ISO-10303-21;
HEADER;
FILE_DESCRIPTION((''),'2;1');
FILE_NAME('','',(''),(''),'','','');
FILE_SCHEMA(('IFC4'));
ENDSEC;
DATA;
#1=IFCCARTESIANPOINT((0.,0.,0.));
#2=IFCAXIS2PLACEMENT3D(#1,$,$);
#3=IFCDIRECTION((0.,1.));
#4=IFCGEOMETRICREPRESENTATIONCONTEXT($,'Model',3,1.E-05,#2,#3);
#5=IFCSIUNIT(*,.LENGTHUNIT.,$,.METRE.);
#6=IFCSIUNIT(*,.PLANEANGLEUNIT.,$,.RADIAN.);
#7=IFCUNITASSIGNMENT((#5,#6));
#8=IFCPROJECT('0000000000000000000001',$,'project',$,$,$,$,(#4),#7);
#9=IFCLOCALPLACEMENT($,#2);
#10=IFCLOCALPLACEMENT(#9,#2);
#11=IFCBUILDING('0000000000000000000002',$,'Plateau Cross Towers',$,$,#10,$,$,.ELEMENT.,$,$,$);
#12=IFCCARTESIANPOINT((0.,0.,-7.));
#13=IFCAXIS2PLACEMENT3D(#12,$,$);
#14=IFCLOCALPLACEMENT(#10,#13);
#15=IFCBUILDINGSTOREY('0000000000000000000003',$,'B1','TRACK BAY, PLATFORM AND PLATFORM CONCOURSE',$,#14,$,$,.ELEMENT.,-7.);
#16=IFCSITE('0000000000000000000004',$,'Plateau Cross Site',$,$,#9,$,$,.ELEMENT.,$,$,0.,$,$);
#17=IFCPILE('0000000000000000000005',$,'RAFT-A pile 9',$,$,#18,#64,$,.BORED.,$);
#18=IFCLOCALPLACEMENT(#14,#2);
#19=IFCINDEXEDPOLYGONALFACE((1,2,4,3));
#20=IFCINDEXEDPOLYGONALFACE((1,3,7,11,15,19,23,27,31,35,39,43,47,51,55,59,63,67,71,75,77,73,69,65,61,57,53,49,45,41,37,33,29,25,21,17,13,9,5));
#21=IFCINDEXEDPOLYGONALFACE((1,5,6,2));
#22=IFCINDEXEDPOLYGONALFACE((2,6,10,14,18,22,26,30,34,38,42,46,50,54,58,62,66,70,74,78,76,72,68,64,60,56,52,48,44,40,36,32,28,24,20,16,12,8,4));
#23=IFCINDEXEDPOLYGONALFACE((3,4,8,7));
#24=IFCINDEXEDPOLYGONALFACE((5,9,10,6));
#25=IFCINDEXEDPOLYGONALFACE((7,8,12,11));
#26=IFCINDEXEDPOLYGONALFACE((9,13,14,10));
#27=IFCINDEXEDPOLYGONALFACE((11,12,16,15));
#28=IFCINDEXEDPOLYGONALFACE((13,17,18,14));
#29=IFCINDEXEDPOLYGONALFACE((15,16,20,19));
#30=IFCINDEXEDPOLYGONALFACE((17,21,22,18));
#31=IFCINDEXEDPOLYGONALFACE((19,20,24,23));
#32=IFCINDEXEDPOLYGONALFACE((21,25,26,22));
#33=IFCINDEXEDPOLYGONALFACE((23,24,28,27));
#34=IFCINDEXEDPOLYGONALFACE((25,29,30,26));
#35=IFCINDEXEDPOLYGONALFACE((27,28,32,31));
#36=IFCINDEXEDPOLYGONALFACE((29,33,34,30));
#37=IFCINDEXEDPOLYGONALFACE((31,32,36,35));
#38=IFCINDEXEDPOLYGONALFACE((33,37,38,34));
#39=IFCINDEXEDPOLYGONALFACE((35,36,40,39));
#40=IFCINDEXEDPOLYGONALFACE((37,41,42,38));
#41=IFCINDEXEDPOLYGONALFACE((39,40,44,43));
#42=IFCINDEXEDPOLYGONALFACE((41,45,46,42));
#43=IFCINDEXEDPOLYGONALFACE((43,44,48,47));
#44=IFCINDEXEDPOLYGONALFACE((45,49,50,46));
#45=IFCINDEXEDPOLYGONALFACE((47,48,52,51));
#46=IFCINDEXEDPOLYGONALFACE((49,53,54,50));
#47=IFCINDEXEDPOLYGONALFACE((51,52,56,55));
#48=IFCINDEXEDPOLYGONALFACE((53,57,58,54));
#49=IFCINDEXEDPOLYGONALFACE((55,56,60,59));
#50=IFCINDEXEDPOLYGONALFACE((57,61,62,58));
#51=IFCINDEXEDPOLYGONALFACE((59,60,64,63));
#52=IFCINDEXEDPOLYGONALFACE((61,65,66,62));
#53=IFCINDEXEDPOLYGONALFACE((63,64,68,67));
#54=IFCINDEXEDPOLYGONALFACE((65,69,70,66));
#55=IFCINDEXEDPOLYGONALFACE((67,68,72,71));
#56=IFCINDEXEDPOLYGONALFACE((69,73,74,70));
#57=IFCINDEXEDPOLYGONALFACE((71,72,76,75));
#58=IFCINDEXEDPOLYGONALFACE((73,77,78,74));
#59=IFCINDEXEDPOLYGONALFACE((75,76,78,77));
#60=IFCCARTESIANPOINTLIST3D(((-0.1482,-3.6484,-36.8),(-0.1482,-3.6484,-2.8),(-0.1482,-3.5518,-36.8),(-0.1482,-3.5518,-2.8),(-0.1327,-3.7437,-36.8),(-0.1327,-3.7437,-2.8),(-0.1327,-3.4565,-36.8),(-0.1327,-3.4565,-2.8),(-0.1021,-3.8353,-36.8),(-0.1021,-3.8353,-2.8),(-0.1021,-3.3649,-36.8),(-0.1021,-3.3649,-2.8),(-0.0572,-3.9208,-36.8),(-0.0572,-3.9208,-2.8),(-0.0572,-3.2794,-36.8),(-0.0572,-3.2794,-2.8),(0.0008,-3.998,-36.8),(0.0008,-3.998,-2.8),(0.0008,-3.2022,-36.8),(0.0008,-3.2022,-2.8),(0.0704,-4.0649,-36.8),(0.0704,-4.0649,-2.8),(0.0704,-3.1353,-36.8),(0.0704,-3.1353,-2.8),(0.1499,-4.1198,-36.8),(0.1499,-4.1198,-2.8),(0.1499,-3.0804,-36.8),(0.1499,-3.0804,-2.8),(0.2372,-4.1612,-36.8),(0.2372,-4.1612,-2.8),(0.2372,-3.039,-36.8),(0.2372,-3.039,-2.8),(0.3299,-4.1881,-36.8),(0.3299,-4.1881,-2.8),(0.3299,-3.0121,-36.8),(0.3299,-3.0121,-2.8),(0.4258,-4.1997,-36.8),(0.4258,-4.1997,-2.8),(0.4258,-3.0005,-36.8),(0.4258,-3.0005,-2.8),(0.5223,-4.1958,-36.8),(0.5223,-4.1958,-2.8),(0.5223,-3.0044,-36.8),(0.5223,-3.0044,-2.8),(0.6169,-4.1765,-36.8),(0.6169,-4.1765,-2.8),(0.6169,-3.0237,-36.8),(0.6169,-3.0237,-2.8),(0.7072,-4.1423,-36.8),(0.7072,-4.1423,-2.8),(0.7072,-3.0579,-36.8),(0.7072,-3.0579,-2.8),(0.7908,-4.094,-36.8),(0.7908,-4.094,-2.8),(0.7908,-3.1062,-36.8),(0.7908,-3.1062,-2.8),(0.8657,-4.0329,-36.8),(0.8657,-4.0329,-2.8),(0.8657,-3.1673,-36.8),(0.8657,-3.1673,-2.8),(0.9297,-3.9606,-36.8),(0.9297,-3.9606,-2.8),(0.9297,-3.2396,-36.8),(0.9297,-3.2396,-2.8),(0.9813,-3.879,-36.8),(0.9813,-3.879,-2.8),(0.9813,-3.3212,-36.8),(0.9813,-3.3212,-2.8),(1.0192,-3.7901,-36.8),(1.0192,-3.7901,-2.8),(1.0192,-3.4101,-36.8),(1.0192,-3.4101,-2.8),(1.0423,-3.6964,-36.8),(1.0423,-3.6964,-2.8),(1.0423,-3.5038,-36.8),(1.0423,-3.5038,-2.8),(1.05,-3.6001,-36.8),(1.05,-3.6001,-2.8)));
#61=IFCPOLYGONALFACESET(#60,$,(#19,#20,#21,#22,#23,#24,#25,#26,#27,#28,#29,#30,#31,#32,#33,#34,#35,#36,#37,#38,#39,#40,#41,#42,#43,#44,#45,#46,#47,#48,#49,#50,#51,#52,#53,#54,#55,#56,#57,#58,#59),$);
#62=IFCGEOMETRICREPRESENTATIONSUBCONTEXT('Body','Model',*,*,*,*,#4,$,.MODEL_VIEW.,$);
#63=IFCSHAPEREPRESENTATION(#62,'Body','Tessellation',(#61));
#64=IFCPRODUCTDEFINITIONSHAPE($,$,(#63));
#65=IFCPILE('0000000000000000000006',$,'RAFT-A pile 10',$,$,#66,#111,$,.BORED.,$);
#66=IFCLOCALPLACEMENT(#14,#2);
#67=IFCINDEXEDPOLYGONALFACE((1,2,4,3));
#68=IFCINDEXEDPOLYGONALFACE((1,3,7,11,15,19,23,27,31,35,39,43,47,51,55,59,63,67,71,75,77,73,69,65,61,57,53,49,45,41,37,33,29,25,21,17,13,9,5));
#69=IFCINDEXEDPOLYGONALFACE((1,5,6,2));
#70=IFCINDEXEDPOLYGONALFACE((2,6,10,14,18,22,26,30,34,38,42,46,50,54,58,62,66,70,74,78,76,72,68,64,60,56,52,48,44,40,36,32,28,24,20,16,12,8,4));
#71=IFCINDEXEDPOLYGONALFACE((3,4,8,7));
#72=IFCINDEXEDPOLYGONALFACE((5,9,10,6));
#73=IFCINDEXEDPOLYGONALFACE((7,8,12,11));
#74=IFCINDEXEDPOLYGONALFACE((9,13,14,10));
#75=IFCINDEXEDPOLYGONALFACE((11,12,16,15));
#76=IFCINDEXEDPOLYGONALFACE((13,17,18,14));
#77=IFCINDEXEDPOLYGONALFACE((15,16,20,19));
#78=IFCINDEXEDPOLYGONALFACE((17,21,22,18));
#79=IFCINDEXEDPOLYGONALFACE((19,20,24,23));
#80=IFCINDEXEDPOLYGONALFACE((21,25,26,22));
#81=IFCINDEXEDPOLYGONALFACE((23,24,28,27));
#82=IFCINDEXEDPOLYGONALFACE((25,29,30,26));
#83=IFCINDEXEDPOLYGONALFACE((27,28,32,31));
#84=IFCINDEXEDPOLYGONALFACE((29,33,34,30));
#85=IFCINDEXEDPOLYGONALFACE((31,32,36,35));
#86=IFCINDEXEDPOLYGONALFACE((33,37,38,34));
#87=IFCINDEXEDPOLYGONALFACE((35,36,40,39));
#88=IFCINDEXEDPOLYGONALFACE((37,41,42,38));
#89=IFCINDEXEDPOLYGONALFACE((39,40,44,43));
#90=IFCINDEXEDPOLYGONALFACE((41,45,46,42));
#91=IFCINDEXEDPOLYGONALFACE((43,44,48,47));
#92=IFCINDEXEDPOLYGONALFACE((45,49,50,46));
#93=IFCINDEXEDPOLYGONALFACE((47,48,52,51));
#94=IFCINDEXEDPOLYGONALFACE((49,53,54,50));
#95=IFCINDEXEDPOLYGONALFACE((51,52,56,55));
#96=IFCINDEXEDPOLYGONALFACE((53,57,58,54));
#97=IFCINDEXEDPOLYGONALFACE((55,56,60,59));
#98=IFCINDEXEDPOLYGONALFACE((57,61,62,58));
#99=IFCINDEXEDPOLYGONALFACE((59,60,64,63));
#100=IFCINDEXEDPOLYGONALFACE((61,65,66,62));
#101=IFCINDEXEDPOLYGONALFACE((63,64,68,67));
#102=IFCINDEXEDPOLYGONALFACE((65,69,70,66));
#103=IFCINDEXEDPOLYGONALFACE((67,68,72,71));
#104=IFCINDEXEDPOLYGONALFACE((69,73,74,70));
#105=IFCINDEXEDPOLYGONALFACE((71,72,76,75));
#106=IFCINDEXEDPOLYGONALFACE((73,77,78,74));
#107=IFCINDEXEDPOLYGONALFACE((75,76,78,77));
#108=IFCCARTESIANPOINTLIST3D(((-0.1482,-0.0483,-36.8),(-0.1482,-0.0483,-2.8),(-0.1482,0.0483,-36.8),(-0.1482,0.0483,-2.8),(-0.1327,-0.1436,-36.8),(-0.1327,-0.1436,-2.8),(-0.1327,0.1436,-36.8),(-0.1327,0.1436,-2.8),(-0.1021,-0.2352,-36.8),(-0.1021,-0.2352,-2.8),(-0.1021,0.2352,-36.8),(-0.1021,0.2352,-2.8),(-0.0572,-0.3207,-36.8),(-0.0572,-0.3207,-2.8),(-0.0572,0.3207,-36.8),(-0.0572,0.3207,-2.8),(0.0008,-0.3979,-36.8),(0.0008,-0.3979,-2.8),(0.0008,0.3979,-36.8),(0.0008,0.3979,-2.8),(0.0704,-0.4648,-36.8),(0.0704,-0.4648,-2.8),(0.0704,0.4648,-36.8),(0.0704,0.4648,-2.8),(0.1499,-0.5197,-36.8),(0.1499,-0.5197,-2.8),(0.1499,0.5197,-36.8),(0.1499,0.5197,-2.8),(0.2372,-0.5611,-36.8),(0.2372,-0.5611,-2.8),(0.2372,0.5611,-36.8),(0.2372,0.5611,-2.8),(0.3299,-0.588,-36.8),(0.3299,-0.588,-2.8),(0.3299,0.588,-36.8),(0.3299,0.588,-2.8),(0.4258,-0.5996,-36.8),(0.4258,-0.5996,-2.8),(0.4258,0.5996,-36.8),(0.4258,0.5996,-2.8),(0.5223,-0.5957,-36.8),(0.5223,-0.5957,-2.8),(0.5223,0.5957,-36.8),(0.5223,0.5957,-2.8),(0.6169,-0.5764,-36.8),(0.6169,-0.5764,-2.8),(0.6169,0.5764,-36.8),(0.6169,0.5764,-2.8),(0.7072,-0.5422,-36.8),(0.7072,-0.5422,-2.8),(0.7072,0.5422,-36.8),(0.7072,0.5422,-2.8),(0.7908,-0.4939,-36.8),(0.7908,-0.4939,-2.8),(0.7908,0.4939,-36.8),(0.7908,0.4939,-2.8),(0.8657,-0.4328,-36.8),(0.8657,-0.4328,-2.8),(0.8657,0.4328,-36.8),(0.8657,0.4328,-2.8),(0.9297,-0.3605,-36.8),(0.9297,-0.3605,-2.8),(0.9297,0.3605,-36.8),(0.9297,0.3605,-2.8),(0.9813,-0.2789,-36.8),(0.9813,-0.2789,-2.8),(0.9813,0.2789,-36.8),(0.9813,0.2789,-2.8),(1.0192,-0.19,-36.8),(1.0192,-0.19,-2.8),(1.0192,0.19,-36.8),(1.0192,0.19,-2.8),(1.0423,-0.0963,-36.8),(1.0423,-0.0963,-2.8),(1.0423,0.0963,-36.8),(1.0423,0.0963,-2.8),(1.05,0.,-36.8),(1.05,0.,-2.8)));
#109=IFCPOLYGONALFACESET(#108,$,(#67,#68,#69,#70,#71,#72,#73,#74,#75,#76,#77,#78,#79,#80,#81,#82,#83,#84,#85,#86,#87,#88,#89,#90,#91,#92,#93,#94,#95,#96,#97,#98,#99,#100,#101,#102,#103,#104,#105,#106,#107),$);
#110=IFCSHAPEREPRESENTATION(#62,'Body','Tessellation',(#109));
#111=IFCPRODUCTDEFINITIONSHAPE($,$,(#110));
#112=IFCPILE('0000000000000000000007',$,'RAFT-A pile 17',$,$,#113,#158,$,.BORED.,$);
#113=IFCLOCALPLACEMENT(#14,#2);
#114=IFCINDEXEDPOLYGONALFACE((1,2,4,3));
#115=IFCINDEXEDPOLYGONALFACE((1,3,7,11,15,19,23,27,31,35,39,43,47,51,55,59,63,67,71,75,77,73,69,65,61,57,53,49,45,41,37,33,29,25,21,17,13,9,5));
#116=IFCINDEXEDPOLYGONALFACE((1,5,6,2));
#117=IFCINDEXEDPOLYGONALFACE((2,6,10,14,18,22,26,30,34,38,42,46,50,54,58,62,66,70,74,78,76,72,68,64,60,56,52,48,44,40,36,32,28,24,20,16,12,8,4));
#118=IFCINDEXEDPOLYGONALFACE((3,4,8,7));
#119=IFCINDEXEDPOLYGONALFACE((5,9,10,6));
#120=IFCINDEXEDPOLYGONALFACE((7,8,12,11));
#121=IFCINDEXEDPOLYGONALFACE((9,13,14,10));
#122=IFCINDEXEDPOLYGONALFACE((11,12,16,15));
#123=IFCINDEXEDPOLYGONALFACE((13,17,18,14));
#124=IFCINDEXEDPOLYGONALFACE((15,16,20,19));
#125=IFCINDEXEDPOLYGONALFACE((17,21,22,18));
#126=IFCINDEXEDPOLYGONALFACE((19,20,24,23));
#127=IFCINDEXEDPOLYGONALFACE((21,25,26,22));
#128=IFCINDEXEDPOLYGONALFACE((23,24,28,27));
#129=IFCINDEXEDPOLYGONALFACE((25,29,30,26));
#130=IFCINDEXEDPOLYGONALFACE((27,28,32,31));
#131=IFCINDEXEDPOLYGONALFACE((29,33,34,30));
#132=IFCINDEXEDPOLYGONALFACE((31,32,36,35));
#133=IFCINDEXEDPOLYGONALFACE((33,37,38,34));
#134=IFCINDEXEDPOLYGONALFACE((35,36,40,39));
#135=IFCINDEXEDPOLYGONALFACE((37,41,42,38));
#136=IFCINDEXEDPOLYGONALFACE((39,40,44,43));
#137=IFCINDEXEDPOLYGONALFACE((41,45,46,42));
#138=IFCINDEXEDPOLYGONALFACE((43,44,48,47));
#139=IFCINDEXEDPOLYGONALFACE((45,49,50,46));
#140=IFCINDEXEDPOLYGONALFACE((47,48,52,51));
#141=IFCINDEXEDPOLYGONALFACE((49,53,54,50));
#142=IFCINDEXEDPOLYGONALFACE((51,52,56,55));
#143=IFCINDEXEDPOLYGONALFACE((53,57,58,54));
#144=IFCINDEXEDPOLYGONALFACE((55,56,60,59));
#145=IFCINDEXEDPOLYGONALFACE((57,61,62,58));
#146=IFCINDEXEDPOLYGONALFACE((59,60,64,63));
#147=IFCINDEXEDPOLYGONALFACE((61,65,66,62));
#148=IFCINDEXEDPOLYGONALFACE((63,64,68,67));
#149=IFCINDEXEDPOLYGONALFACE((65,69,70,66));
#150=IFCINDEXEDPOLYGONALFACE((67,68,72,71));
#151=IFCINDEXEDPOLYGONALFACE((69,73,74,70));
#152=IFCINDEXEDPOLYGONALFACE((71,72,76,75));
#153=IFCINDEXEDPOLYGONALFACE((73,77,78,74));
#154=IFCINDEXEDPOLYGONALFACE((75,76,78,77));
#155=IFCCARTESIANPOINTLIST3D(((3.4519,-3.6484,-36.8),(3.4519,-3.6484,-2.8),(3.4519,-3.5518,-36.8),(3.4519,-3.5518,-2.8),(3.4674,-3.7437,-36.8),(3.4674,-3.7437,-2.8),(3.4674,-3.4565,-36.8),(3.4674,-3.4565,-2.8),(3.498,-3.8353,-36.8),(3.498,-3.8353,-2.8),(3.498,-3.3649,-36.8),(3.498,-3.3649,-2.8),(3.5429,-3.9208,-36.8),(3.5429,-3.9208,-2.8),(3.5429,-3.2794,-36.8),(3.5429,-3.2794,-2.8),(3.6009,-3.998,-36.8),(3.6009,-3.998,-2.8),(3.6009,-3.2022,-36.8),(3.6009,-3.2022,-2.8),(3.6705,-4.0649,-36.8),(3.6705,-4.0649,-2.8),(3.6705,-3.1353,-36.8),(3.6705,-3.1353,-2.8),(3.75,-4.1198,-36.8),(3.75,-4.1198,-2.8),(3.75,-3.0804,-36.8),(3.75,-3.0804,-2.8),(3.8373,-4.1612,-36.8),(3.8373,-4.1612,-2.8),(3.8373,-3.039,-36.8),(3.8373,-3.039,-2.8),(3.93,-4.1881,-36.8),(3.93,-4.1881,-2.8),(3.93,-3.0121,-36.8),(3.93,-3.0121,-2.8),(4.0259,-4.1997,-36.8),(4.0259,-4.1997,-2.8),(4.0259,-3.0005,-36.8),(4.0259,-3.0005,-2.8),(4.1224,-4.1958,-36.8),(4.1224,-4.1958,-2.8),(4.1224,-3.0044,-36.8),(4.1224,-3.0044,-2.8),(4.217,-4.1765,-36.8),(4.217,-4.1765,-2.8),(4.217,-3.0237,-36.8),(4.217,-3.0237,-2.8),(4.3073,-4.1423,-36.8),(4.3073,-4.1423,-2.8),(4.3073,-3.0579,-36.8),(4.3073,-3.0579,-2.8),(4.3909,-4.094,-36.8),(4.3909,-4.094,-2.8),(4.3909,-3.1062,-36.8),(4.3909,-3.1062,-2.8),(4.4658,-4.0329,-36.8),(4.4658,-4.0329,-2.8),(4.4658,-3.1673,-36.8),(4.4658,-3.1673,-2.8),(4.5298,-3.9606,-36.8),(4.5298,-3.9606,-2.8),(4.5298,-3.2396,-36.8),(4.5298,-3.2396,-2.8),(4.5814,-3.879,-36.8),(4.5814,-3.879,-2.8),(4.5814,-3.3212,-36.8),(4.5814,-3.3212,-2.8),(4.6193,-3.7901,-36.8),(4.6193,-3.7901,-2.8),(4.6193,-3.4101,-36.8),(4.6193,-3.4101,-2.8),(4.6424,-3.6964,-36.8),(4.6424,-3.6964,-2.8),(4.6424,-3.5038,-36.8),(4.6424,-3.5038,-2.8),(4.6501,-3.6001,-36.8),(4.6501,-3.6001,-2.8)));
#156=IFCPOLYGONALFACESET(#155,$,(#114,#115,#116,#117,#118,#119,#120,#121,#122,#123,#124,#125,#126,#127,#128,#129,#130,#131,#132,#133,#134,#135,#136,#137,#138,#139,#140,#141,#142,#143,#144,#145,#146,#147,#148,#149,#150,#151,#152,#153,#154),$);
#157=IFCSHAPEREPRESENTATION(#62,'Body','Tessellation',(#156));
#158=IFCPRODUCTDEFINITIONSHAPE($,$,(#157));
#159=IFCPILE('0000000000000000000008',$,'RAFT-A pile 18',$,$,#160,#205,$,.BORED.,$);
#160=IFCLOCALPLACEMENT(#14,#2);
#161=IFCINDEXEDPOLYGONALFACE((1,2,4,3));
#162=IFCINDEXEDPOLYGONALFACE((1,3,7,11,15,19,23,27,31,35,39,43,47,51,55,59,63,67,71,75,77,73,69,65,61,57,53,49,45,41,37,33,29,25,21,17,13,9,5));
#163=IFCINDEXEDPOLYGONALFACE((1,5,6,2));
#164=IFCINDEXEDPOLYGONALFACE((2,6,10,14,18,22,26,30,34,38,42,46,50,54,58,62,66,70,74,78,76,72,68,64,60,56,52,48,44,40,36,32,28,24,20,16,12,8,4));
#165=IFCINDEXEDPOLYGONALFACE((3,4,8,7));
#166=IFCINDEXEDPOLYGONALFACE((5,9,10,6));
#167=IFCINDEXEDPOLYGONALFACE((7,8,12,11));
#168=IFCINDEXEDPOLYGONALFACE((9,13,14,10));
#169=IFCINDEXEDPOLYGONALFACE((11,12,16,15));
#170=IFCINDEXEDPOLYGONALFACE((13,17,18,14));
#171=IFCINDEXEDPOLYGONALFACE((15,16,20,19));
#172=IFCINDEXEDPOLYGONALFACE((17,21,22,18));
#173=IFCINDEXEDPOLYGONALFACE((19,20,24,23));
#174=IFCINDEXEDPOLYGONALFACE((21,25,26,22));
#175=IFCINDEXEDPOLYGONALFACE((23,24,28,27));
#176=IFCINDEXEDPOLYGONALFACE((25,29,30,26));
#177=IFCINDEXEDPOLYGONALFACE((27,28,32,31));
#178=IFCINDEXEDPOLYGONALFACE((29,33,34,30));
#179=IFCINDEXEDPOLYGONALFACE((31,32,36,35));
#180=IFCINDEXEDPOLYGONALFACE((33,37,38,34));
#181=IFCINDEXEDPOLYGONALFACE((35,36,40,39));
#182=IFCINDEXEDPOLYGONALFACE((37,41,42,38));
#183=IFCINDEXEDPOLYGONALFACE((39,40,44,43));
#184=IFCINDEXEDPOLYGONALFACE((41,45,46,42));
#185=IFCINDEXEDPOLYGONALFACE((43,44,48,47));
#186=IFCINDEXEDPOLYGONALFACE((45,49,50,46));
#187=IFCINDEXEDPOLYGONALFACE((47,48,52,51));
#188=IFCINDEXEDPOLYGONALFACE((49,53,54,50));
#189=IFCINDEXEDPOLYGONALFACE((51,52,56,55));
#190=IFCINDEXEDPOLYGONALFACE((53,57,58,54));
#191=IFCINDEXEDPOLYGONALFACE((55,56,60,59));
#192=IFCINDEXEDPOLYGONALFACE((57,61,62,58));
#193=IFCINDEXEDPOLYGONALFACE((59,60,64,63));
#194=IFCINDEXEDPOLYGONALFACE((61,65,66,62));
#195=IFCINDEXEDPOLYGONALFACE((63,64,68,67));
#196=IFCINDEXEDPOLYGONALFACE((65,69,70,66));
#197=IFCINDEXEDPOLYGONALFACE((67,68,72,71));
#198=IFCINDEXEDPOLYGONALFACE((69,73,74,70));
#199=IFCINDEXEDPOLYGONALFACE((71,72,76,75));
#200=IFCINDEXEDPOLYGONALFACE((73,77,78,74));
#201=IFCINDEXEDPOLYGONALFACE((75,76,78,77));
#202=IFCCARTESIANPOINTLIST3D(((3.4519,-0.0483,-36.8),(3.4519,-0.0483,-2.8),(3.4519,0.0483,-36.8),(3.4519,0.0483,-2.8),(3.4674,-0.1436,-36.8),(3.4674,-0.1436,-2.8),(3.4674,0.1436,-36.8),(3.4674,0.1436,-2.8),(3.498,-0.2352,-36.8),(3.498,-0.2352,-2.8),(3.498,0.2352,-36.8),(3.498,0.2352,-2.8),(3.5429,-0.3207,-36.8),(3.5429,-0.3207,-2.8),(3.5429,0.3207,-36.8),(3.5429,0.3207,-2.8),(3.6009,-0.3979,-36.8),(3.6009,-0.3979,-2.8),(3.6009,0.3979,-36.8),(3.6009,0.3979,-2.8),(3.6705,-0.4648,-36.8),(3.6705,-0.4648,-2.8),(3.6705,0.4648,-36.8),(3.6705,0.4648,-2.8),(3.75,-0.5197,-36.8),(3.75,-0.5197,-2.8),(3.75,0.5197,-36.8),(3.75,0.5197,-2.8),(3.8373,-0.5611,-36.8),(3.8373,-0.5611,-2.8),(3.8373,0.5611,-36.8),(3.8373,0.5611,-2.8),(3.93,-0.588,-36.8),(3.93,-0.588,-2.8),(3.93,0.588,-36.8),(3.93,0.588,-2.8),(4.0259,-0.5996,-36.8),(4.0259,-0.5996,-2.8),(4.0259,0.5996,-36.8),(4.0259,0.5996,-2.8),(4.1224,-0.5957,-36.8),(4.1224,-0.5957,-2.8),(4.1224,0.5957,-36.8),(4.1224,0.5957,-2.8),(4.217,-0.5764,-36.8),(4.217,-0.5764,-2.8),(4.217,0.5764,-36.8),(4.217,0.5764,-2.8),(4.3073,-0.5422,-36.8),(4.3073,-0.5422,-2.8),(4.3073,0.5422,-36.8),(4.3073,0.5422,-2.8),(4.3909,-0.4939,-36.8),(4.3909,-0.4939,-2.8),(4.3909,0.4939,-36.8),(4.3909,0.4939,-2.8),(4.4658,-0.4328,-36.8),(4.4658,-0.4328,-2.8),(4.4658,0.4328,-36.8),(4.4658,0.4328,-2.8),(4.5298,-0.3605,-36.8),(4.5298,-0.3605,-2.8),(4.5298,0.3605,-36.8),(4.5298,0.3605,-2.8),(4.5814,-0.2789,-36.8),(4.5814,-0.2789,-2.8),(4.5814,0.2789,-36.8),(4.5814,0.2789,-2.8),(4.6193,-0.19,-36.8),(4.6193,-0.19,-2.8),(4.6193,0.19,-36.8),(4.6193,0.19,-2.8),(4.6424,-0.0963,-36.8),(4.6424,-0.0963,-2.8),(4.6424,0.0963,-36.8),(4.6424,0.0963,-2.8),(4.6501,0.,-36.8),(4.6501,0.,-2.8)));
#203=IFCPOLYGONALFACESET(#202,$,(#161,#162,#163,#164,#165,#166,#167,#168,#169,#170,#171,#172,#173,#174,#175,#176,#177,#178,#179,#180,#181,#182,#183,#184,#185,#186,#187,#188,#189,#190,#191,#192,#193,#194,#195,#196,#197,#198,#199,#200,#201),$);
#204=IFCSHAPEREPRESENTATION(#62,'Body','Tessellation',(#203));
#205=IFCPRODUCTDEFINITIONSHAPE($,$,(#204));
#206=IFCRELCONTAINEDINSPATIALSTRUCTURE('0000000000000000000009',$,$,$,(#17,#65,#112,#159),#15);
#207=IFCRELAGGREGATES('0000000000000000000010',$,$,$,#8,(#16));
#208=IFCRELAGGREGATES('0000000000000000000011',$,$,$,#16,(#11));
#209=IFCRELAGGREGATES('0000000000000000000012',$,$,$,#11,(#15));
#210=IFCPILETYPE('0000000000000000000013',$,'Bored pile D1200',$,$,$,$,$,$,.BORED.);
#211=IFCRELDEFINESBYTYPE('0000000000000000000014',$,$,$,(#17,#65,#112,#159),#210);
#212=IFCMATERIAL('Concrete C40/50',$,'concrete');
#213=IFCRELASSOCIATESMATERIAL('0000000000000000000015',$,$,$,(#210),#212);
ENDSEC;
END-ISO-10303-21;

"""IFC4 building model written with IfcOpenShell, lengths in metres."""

from ifc_helpers import new_model, si_unit, direction, frame, origin, origin_2d, place, context, subcontext, project, spatial, circle, extrude, material, material_profile, profile_set, type_object, element, save


model = new_model("IFC4")

# Units and contexts
model_context = context("Model", 3, precision=1e-05, world=origin(), true_north=direction((0.0, 1.0)))
body_context = subcontext(model_context, "Body", "Model", "MODEL_VIEW")
ifc_project = project(units=[si_unit("LENGTHUNIT", "METRE"), si_unit("PLANEANGLEUNIT", "RADIAN")], contexts=[model_context])

# Site, building, storey
site_placement = place(None, origin())
site = spatial("IfcSite", under=ifc_project, at=site_placement, Name="Plateau Cross Site", CompositionType="ELEMENT", RefElevation=0.0)
building_placement = place(site_placement, origin())
building = spatial("IfcBuilding", under=site, at=building_placement, Name="Plateau Cross Towers", CompositionType="ELEMENT")
storey_placement = place(building_placement, frame((0.0, 0.0, -7.0)))
storey = spatial("IfcBuildingStorey", under=building, at=storey_placement, Name="B1", Description="TRACK BAY, PLATFORM AND PLATFORM CONCOURSE", CompositionType="ELEMENT", Elevation=-7.0)

# Piles
ifc_material_1 = material(Name="Concrete C40/50", Category="concrete")
ifc_material_profile_1 = material_profile(ifc_material_1, circle(Radius=0.6001, at=origin_2d()), Name="Bored pile D1200")
ifc_profile_set_1 = profile_set([ifc_material_profile_1], Name="Concrete C40/50")
pile_type = type_object("IfcPileType", Name="Bored pile D1200", PredefinedType="BORED", material=ifc_profile_set_1)
for number, where, z_axis, x_axis, name in (
    (1, (0.45, -3.6001, -2.8), (0.0, 0.0, -1.0), (1.0, 0.0, 0.0), "RAFT-A pile 9"),
    (2, (0.45, 0.0, -2.8), (0.0, 0.0, -1.0), (1.0, 0.0, 0.0), "RAFT-A pile 10"),
    (3, (4.05, -3.6001, -2.8), (0.0, 0.0, -1.0), (1.0, 0.0, 0.0), "RAFT-A pile 17"),
    (4, (4.05, 0.0, -2.8), (0.0, 0.0, -1.0), (1.0, 0.0, 0.0), "RAFT-A pile 18"),
):
    element("IfcPile", number, at=place(storey_placement, frame(where, z_axis=z_axis, x_axis=x_axis)), inside=storey, type_object=pile_type, Name=name, PredefinedType="BORED", context=body_context, shape_type="SweptSolid", body=[
        extrude(circle(Radius=0.6001, at=origin_2d()), origin(), (0.0, 0.0, 1.0), 34.0),
    ])

save(model, "model.ifc")
